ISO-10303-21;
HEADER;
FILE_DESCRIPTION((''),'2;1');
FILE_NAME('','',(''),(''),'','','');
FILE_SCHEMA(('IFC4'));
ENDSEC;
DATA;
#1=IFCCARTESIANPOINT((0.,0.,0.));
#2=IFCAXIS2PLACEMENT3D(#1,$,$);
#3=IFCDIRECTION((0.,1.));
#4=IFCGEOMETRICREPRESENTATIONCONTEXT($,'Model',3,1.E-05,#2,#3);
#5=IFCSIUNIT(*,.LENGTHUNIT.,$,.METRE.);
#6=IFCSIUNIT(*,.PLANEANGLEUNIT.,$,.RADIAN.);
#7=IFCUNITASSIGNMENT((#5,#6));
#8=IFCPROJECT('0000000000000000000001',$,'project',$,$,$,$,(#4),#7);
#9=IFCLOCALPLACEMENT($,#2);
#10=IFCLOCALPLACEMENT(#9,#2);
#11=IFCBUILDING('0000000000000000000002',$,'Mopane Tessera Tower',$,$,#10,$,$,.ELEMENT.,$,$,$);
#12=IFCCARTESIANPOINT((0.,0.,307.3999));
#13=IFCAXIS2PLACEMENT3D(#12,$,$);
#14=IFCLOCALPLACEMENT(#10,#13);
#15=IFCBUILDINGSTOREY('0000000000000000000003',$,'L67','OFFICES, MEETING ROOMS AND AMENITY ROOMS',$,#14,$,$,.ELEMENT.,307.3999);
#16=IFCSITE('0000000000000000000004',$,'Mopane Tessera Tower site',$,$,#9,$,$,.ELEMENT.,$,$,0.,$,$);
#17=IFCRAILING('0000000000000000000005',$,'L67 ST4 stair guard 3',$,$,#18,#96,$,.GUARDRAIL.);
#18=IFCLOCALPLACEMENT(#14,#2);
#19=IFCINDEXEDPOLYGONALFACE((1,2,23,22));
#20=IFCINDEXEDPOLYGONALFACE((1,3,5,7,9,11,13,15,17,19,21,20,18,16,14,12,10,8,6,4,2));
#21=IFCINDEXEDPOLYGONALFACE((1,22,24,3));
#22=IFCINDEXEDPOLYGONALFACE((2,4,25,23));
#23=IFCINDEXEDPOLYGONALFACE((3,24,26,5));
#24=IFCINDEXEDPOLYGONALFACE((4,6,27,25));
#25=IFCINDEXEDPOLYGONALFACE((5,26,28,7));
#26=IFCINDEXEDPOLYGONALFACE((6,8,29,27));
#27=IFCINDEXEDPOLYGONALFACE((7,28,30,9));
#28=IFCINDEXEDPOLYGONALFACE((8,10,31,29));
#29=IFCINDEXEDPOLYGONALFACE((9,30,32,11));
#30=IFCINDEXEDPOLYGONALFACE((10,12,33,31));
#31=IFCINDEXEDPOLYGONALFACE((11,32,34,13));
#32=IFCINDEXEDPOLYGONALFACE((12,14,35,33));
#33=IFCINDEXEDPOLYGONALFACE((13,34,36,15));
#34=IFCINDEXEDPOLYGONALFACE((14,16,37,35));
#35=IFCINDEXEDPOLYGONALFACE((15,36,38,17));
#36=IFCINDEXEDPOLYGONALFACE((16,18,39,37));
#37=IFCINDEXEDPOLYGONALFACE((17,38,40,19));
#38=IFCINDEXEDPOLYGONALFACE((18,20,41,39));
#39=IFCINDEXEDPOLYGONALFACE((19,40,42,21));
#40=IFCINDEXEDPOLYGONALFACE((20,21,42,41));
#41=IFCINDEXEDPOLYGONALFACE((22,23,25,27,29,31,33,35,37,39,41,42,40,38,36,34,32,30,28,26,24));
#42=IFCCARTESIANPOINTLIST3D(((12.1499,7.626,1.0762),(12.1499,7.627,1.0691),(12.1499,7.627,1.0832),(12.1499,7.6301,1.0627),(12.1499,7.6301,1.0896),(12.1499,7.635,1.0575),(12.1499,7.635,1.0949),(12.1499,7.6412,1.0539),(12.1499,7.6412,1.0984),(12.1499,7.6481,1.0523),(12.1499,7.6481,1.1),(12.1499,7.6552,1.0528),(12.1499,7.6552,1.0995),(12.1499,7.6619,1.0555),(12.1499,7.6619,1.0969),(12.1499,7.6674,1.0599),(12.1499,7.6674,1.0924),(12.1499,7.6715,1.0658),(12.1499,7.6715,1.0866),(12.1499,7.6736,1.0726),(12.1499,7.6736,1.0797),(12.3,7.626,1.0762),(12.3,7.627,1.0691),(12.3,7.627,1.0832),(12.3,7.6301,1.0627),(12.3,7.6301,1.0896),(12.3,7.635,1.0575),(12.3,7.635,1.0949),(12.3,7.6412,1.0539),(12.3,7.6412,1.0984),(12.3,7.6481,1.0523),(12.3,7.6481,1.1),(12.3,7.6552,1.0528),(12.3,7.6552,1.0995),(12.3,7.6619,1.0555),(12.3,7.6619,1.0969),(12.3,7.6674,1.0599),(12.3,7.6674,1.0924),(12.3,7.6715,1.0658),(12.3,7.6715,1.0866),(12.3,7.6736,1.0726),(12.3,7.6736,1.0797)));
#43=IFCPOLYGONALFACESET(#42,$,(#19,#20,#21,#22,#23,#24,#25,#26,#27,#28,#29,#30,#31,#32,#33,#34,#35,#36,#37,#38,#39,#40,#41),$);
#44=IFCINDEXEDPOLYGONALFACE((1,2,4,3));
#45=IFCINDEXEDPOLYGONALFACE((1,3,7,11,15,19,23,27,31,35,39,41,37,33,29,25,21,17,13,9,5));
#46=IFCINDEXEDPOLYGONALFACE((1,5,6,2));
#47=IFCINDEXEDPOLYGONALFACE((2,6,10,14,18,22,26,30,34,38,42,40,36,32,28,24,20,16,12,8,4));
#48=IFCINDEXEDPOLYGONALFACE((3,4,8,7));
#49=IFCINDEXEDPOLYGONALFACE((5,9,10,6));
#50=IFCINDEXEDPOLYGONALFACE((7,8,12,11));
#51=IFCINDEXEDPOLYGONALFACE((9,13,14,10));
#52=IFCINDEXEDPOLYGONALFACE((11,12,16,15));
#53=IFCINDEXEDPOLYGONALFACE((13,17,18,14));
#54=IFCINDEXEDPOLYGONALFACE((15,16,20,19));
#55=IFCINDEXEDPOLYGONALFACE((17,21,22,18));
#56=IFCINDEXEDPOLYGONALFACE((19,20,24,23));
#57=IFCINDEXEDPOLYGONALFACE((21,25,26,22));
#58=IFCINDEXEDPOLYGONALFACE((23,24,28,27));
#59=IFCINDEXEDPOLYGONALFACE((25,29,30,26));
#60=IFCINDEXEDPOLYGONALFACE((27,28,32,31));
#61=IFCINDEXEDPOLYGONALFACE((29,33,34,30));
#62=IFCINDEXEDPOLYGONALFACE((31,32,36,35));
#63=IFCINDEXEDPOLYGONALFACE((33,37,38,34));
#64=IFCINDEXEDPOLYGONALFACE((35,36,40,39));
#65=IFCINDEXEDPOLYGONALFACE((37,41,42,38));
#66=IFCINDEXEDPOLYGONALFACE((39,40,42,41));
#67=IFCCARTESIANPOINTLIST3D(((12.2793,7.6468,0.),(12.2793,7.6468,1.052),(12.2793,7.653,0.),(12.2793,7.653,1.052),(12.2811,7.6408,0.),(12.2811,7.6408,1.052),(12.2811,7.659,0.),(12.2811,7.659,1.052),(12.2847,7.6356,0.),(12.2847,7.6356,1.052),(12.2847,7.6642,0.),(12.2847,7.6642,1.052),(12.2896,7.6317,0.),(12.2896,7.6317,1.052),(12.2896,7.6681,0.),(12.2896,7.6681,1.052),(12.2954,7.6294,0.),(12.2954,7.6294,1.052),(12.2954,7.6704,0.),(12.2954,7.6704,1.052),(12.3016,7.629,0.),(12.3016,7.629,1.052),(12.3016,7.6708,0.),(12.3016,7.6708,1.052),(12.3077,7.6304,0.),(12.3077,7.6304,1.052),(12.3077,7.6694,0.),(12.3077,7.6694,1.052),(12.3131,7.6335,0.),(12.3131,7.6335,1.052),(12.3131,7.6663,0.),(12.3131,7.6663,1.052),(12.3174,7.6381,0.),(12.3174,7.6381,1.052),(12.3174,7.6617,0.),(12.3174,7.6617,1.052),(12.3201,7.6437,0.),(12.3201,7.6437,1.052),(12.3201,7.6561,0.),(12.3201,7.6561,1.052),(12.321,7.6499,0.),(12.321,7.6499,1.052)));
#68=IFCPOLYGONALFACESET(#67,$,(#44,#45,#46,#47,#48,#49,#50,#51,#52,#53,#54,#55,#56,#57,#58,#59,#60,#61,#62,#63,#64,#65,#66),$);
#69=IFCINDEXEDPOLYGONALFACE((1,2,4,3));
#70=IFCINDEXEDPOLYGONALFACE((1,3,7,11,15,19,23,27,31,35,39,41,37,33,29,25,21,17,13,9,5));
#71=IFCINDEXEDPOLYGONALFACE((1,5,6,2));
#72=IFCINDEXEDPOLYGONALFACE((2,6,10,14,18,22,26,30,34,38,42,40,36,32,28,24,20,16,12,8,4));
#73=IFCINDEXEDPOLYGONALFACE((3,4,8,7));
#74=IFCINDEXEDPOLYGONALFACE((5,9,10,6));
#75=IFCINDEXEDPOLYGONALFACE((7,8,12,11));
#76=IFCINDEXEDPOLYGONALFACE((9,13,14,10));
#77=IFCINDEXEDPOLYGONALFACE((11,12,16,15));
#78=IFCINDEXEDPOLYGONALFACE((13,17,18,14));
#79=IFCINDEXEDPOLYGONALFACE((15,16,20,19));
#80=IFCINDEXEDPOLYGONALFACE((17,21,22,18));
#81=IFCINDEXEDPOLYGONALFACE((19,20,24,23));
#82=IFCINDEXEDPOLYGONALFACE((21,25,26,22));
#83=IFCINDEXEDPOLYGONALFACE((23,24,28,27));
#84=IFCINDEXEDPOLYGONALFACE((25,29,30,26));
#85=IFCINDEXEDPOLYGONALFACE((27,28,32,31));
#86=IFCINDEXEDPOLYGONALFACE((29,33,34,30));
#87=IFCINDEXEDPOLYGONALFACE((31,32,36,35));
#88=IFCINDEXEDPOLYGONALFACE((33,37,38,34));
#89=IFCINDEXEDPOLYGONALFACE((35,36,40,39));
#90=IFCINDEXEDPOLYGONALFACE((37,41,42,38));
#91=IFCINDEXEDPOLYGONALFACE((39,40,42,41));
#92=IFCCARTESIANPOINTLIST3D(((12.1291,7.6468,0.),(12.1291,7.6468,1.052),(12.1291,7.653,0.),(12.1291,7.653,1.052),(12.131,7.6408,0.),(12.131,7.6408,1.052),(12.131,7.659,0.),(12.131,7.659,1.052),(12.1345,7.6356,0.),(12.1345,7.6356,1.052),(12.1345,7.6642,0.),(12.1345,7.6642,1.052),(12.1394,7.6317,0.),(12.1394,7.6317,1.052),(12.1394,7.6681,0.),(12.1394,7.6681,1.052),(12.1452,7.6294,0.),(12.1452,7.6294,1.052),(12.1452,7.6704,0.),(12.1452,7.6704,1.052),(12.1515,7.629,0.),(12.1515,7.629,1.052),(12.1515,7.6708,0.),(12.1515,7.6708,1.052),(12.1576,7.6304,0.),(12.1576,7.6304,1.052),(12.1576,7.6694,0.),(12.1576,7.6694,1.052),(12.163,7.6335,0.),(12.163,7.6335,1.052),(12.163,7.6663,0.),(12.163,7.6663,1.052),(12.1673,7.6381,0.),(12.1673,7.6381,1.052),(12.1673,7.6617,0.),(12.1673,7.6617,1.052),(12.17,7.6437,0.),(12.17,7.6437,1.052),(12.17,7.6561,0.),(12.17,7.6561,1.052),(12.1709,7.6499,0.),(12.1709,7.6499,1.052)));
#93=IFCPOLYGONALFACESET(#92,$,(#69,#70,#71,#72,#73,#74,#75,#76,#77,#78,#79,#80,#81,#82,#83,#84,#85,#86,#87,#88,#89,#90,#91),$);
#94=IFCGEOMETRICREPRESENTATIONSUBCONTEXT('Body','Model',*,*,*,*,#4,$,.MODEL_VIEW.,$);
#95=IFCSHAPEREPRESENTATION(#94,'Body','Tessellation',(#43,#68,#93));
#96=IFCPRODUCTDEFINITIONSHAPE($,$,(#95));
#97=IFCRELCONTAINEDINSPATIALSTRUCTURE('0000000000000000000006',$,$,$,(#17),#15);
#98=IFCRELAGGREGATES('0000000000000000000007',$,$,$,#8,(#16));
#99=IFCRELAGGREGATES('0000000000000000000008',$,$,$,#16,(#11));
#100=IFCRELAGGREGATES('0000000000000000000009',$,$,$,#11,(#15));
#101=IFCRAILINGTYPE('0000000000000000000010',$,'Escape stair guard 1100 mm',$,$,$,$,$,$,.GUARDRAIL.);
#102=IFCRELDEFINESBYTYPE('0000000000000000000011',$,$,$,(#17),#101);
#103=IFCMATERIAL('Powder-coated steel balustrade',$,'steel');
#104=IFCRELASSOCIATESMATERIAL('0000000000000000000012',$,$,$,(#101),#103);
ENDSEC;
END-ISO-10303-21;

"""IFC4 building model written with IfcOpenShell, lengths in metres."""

from ifc_helpers import new_model, si_unit, direction, frame, origin, origin_2d, place, context, subcontext, project, spatial, circle, extrude, material, type_object, element, save


model = new_model("IFC4")

# Units and contexts
model_context = context("Model", 3, precision=1e-05, world=origin(), true_north=direction((0.0, 1.0)))
body_context = subcontext(model_context, "Body", "Model", "MODEL_VIEW")
ifc_project = project(units=[si_unit("LENGTHUNIT", "METRE"), si_unit("PLANEANGLEUNIT", "RADIAN")], contexts=[model_context])

# Site, building, storey
site_placement = place(None, origin())
site = spatial("IfcSite", under=ifc_project, at=site_placement, Name="Mopane Tessera Tower site", CompositionType="ELEMENT", RefElevation=0.0)
building_placement = place(site_placement, origin())
building = spatial("IfcBuilding", under=site, at=building_placement, Name="Mopane Tessera Tower", CompositionType="ELEMENT")
storey_placement = place(building_placement, frame((0.0, 0.0, 307.3999)))
storey = spatial("IfcBuildingStorey", under=building, at=storey_placement, Name="L67", Description="OFFICES, MEETING ROOMS AND AMENITY ROOMS", CompositionType="ELEMENT", Elevation=307.3999)

# Railing
ifc_material_1 = material(Name="Powder-coated steel balustrade", Category="steel")
railing_type_1 = type_object("IfcRailingType", Name="Escape stair guard 1100 mm", PredefinedType="GUARDRAIL", material=ifc_material_1)
railing_1_placement = place(storey_placement, frame((12.3, 7.6499, 0.0)))
element("IfcRailing", 1, at=railing_1_placement, inside=storey, type_object=railing_type_1, Name="L67 ST4 stair guard 3", PredefinedType="GUARDRAIL", context=body_context, shape_type="SweptSolid", body=[
    extrude(circle(Radius=0.0239, at=origin_2d()), frame((0.0, 0.0, 1.0762), z_axis=(-1.0, 0.0, 0.0), x_axis=(0.0, -1.0, 0.0)), (0.0, 0.0, 1.0), 0.1501),
    extrude(circle(Radius=0.021, at=origin_2d()), origin(), (0.0, 0.0, 1.0), 1.052),
    extrude(circle(Radius=0.021, at=origin_2d()), frame((-0.1501, 0.0, 0.0)), (0.0, 0.0, 1.0), 1.052),
])

save(model, "model.ifc")
